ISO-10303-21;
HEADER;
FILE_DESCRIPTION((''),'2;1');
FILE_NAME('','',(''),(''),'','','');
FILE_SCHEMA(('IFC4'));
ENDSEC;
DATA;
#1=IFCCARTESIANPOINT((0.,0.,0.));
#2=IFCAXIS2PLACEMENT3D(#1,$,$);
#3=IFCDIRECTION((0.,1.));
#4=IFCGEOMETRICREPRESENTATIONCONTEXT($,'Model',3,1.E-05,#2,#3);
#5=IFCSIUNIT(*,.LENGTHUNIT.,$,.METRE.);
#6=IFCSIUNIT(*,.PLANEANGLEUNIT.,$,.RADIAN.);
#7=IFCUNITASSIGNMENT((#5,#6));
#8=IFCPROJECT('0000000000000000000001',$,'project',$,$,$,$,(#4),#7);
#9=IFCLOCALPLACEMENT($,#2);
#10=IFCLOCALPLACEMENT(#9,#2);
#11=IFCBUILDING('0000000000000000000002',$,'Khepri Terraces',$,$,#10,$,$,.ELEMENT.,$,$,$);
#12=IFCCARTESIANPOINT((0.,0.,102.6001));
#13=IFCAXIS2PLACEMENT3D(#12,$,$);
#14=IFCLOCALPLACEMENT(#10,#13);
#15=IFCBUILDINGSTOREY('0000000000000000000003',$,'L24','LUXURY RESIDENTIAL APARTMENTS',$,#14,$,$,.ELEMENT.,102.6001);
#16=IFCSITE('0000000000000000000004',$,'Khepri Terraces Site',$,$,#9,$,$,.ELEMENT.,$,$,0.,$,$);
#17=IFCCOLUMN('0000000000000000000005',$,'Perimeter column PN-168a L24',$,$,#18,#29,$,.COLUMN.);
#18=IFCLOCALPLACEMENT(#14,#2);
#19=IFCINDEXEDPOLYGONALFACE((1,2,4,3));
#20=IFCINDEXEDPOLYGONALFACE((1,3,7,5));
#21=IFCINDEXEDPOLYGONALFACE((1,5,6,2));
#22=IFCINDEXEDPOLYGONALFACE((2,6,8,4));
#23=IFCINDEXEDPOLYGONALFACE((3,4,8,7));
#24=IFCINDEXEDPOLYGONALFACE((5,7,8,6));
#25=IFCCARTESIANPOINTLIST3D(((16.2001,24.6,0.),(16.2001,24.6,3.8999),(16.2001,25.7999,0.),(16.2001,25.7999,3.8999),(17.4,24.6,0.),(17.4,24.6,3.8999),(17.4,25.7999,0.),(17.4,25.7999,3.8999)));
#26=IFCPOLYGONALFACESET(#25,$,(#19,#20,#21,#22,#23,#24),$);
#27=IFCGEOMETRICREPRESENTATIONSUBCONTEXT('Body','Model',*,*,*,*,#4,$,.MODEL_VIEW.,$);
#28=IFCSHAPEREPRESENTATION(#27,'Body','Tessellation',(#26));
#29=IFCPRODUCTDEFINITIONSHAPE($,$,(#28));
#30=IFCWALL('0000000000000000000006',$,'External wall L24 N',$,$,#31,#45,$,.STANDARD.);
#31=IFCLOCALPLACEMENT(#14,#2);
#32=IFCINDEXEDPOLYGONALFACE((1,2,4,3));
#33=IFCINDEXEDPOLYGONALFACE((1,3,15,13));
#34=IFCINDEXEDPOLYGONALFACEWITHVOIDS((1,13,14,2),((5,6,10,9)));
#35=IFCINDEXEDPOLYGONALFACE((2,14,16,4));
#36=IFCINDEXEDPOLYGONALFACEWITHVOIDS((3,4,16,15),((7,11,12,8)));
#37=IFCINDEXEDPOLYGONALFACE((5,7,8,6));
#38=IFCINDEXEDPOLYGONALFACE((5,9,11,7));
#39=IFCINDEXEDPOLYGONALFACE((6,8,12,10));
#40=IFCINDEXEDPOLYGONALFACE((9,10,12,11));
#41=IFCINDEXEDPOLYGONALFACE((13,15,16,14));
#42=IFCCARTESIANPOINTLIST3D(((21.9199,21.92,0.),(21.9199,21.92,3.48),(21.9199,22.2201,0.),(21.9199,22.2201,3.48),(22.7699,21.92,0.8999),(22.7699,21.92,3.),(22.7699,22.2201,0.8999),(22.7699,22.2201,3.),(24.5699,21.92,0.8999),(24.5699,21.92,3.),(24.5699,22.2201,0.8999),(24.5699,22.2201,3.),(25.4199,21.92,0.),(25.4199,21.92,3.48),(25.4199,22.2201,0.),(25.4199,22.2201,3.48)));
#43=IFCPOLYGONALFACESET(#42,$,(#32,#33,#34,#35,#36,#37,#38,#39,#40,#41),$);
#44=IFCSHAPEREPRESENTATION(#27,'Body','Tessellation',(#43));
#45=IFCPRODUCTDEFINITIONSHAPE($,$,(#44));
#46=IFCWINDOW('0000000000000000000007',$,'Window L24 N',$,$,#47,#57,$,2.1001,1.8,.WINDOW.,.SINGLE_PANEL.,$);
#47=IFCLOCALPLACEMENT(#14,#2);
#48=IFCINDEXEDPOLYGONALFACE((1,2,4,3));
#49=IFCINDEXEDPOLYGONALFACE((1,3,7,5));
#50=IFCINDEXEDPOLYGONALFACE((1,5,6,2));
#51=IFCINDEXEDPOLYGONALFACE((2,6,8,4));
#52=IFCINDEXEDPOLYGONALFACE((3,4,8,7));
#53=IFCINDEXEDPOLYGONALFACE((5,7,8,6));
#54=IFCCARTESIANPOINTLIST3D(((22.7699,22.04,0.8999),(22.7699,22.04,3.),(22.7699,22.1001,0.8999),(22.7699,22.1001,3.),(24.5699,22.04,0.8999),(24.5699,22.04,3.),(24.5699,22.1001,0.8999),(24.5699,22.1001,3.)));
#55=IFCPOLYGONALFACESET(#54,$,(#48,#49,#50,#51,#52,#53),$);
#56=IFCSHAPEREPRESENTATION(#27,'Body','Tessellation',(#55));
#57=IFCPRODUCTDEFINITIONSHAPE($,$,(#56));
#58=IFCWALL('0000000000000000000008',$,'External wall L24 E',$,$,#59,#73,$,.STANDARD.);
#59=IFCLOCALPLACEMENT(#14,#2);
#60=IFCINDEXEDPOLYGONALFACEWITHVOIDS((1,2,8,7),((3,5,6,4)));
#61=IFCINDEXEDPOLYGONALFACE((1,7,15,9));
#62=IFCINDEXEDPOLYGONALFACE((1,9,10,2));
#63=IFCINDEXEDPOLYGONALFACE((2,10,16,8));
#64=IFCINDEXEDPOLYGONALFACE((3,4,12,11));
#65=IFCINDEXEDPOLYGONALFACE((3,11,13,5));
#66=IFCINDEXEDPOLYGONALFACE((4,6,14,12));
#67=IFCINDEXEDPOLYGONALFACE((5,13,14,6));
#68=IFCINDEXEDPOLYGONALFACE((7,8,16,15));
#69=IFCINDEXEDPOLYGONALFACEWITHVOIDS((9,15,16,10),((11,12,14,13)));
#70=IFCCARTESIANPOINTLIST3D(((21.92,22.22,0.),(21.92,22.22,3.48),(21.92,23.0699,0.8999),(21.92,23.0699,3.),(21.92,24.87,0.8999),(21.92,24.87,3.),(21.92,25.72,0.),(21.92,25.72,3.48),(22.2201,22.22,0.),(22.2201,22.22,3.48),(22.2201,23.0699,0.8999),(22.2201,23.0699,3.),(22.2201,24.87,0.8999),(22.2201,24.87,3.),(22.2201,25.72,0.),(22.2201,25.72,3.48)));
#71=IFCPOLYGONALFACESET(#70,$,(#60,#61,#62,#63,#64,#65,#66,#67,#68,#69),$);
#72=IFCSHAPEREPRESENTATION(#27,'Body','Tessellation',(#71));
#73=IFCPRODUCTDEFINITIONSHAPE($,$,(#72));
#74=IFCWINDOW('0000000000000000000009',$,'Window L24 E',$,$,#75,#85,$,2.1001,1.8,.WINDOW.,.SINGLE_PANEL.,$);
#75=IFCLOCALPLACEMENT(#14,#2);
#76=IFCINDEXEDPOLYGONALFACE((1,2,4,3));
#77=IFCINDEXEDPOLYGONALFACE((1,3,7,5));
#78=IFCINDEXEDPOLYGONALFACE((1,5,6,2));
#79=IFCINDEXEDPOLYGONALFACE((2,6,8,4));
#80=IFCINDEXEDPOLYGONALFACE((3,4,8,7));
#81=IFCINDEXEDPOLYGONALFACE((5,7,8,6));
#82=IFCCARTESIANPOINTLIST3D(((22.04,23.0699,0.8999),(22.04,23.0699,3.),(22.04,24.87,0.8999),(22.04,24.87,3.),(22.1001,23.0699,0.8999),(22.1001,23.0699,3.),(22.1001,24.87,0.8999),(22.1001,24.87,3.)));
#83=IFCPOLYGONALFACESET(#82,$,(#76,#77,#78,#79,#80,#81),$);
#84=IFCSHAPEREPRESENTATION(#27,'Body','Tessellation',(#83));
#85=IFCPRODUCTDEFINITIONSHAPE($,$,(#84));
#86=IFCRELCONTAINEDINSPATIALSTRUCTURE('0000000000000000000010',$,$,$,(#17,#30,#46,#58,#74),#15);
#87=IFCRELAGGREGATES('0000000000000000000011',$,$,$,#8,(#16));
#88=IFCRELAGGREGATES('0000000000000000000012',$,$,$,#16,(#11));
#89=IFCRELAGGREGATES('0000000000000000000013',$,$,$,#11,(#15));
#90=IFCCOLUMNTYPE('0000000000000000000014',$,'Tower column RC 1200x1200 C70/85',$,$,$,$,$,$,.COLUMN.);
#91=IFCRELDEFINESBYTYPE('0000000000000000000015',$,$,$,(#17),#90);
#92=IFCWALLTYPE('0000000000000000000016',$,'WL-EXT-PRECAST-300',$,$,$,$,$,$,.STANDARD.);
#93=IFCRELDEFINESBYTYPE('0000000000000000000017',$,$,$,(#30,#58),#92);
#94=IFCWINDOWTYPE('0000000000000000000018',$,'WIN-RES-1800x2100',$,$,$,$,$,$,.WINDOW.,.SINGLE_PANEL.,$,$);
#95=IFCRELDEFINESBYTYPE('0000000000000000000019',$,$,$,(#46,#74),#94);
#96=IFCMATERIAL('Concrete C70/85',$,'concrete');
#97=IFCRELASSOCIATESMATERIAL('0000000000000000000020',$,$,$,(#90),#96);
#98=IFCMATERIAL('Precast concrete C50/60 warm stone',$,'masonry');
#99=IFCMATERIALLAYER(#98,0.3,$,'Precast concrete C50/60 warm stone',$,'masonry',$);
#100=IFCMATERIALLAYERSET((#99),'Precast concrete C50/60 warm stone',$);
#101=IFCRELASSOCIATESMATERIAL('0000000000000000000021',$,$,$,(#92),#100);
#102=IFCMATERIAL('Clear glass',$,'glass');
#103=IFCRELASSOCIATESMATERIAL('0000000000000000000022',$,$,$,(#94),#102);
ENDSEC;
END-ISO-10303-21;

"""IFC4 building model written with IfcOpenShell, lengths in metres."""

from ifc_helpers import new_model, si_unit, direction, frame, frame_2d, origin, origin_2d, place, context, subcontext, project, spatial, rectangle, extrude, material, layer, layer_set, material_profile, profile_set, type_object, element, fill, save


model = new_model("IFC4")

# Units and contexts
model_context = context("Model", 3, precision=1e-05, world=origin(), true_north=direction((0.0, 1.0)))
body_context = subcontext(model_context, "Body", "Model", "MODEL_VIEW")
ifc_project = project(units=[si_unit("LENGTHUNIT", "METRE"), si_unit("PLANEANGLEUNIT", "RADIAN")], contexts=[model_context])

# Site, building, storey
site_placement = place(None, origin())
site = spatial("IfcSite", under=ifc_project, at=site_placement, Name="Khepri Terraces Site", CompositionType="ELEMENT", RefElevation=0.0)
building_placement = place(site_placement, origin())
building = spatial("IfcBuilding", under=site, at=building_placement, Name="Khepri Terraces", CompositionType="ELEMENT")
storey_placement = place(building_placement, frame((0.0, 0.0, 102.6001)))
storey = spatial("IfcBuildingStorey", under=building, at=storey_placement, Name="L24", Description="LUXURY RESIDENTIAL APARTMENTS", CompositionType="ELEMENT", Elevation=102.6001)

# Column
ifc_material_1 = material(Name="Concrete C70/85", Category="concrete")
ifc_material_profile = material_profile(ifc_material_1, rectangle(XDim=1.2, YDim=1.2, at=origin_2d()), Name="Concrete C70/85", Category="concrete")
ifc_profile_set = profile_set([ifc_material_profile], Name="Concrete C70/85")
column_type = type_object("IfcColumnType", Name="Tower column RC 1200x1200 C70/85", PredefinedType="COLUMN", material=ifc_profile_set)
column_placement = place(storey_placement, frame((16.8, 25.2, 0.0), z_axis=(0.0, 0.0, 1.0), x_axis=(1.0, 0.0, 0.0)))
element("IfcColumn", 1, at=column_placement, inside=storey, type_object=column_type, Name="Perimeter column PN-168a L24", PredefinedType="COLUMN", context=body_context, shape_type="SweptSolid", body=[
    extrude(rectangle(XDim=1.2, YDim=1.2, at=origin_2d()), origin(), (0.0, 0.0, 1.0), 3.8999),
])

# Walls, openings, windows
ifc_material_2 = material(Name="Precast concrete C50/60 warm stone", Category="masonry")
ifc_layer = layer(ifc_material_2, 0.3, Name="Precast concrete C50/60 warm stone", Category="masonry")
ifc_layer_set = layer_set([ifc_layer], Name="Precast concrete C50/60 warm stone")
wall_type = type_object("IfcWallType", Name="WL-EXT-PRECAST-300", PredefinedType="STANDARD", material=ifc_layer_set)
wall_1_placement = place(storey_placement, frame((25.4199, 22.0701, 0.0), z_axis=(0.0, 0.0, 1.0), x_axis=(-1.0, 0.0, 0.0)))
wall_1 = element("IfcWall", 2, at=wall_1_placement, inside=storey, type_object=wall_type, Name="External wall L24 N", PredefinedType="STANDARD", context=body_context, shape_type="SweptSolid", body=[
    extrude(rectangle(XDim=3.5, YDim=0.3, at=frame_2d((1.75, 0.0))), origin(), (0.0, 0.0, 1.0), 3.48),
])
opening_1_placement = place(wall_1_placement, frame((0.8501, 0.0, 0.8999)))
opening_1 = element("IfcOpeningElement", 3, at=opening_1_placement, cuts=wall_1, PredefinedType="OPENING", context=body_context, shape_type="SweptSolid", body=[
    extrude(rectangle(XDim=1.8, YDim=2.1001, at=frame_2d((0.8999, 1.05))), frame((0.0, 0.1602, 0.0), z_axis=(0.0, -1.0, 0.0), x_axis=(1.0, 0.0, 0.0)), (0.0, 0.0, 1.0), 0.3201),
])
ifc_material_3 = material(Name="Clear glass", Category="glass")
window_type = type_object("IfcWindowType", Name="WIN-RES-1800x2100", PartitioningType="SINGLE_PANEL", PredefinedType="WINDOW", material=ifc_material_3)
window_1_placement = place(opening_1_placement, origin())
window_1 = element("IfcWindow", 4, at=window_1_placement, inside=storey, type_object=window_type, Name="Window L24 N", OverallHeight=2.1001, OverallWidth=1.8, PartitioningType="SINGLE_PANEL", PredefinedType="WINDOW", context=body_context, shape_type="SweptSolid", body=[
    extrude(rectangle(XDim=1.8, YDim=2.1001, at=frame_2d((0.8999, 1.05))), frame((0.0, 0.03, 0.0), z_axis=(0.0, -1.0, 0.0), x_axis=(1.0, 0.0, 0.0)), (0.0, 0.0, 1.0), 0.0601),
])
fill(opening_1, window_1)
wall_2_placement = place(storey_placement, frame((22.0701, 22.22, 0.0), z_axis=(0.0, 0.0, 1.0), x_axis=(0.0, 1.0, 0.0)))
wall_2 = element("IfcWall", 5, at=wall_2_placement, inside=storey, type_object=wall_type, Name="External wall L24 E", PredefinedType="STANDARD", context=body_context, shape_type="SweptSolid", body=[
    extrude(rectangle(XDim=3.5, YDim=0.3, at=frame_2d((1.75, 0.0))), origin(), (0.0, 0.0, 1.0), 3.48),
])
opening_2_placement = place(wall_2_placement, frame((0.8501, 0.0, 0.8999)))
opening_2 = element("IfcOpeningElement", 6, at=opening_2_placement, cuts=wall_2, PredefinedType="OPENING", context=body_context, shape_type="SweptSolid", body=[
    extrude(rectangle(XDim=1.8, YDim=2.1001, at=frame_2d((0.8999, 1.05))), frame((0.0, 0.1602, 0.0), z_axis=(0.0, -1.0, 0.0), x_axis=(1.0, 0.0, 0.0)), (0.0, 0.0, 1.0), 0.3201),
])
window_2_placement = place(opening_2_placement, origin())
window_2 = element("IfcWindow", 7, at=window_2_placement, inside=storey, type_object=window_type, Name="Window L24 E", OverallHeight=2.1001, OverallWidth=1.8, PartitioningType="SINGLE_PANEL", PredefinedType="WINDOW", context=body_context, shape_type="SweptSolid", body=[
    extrude(rectangle(XDim=1.8, YDim=2.1001, at=frame_2d((0.8999, 1.05))), frame((0.0, 0.03, 0.0), z_axis=(0.0, -1.0, 0.0), x_axis=(1.0, 0.0, 0.0)), (0.0, 0.0, 1.0), 0.0601),
])
fill(opening_2, window_2)

save(model, "model.ifc")
